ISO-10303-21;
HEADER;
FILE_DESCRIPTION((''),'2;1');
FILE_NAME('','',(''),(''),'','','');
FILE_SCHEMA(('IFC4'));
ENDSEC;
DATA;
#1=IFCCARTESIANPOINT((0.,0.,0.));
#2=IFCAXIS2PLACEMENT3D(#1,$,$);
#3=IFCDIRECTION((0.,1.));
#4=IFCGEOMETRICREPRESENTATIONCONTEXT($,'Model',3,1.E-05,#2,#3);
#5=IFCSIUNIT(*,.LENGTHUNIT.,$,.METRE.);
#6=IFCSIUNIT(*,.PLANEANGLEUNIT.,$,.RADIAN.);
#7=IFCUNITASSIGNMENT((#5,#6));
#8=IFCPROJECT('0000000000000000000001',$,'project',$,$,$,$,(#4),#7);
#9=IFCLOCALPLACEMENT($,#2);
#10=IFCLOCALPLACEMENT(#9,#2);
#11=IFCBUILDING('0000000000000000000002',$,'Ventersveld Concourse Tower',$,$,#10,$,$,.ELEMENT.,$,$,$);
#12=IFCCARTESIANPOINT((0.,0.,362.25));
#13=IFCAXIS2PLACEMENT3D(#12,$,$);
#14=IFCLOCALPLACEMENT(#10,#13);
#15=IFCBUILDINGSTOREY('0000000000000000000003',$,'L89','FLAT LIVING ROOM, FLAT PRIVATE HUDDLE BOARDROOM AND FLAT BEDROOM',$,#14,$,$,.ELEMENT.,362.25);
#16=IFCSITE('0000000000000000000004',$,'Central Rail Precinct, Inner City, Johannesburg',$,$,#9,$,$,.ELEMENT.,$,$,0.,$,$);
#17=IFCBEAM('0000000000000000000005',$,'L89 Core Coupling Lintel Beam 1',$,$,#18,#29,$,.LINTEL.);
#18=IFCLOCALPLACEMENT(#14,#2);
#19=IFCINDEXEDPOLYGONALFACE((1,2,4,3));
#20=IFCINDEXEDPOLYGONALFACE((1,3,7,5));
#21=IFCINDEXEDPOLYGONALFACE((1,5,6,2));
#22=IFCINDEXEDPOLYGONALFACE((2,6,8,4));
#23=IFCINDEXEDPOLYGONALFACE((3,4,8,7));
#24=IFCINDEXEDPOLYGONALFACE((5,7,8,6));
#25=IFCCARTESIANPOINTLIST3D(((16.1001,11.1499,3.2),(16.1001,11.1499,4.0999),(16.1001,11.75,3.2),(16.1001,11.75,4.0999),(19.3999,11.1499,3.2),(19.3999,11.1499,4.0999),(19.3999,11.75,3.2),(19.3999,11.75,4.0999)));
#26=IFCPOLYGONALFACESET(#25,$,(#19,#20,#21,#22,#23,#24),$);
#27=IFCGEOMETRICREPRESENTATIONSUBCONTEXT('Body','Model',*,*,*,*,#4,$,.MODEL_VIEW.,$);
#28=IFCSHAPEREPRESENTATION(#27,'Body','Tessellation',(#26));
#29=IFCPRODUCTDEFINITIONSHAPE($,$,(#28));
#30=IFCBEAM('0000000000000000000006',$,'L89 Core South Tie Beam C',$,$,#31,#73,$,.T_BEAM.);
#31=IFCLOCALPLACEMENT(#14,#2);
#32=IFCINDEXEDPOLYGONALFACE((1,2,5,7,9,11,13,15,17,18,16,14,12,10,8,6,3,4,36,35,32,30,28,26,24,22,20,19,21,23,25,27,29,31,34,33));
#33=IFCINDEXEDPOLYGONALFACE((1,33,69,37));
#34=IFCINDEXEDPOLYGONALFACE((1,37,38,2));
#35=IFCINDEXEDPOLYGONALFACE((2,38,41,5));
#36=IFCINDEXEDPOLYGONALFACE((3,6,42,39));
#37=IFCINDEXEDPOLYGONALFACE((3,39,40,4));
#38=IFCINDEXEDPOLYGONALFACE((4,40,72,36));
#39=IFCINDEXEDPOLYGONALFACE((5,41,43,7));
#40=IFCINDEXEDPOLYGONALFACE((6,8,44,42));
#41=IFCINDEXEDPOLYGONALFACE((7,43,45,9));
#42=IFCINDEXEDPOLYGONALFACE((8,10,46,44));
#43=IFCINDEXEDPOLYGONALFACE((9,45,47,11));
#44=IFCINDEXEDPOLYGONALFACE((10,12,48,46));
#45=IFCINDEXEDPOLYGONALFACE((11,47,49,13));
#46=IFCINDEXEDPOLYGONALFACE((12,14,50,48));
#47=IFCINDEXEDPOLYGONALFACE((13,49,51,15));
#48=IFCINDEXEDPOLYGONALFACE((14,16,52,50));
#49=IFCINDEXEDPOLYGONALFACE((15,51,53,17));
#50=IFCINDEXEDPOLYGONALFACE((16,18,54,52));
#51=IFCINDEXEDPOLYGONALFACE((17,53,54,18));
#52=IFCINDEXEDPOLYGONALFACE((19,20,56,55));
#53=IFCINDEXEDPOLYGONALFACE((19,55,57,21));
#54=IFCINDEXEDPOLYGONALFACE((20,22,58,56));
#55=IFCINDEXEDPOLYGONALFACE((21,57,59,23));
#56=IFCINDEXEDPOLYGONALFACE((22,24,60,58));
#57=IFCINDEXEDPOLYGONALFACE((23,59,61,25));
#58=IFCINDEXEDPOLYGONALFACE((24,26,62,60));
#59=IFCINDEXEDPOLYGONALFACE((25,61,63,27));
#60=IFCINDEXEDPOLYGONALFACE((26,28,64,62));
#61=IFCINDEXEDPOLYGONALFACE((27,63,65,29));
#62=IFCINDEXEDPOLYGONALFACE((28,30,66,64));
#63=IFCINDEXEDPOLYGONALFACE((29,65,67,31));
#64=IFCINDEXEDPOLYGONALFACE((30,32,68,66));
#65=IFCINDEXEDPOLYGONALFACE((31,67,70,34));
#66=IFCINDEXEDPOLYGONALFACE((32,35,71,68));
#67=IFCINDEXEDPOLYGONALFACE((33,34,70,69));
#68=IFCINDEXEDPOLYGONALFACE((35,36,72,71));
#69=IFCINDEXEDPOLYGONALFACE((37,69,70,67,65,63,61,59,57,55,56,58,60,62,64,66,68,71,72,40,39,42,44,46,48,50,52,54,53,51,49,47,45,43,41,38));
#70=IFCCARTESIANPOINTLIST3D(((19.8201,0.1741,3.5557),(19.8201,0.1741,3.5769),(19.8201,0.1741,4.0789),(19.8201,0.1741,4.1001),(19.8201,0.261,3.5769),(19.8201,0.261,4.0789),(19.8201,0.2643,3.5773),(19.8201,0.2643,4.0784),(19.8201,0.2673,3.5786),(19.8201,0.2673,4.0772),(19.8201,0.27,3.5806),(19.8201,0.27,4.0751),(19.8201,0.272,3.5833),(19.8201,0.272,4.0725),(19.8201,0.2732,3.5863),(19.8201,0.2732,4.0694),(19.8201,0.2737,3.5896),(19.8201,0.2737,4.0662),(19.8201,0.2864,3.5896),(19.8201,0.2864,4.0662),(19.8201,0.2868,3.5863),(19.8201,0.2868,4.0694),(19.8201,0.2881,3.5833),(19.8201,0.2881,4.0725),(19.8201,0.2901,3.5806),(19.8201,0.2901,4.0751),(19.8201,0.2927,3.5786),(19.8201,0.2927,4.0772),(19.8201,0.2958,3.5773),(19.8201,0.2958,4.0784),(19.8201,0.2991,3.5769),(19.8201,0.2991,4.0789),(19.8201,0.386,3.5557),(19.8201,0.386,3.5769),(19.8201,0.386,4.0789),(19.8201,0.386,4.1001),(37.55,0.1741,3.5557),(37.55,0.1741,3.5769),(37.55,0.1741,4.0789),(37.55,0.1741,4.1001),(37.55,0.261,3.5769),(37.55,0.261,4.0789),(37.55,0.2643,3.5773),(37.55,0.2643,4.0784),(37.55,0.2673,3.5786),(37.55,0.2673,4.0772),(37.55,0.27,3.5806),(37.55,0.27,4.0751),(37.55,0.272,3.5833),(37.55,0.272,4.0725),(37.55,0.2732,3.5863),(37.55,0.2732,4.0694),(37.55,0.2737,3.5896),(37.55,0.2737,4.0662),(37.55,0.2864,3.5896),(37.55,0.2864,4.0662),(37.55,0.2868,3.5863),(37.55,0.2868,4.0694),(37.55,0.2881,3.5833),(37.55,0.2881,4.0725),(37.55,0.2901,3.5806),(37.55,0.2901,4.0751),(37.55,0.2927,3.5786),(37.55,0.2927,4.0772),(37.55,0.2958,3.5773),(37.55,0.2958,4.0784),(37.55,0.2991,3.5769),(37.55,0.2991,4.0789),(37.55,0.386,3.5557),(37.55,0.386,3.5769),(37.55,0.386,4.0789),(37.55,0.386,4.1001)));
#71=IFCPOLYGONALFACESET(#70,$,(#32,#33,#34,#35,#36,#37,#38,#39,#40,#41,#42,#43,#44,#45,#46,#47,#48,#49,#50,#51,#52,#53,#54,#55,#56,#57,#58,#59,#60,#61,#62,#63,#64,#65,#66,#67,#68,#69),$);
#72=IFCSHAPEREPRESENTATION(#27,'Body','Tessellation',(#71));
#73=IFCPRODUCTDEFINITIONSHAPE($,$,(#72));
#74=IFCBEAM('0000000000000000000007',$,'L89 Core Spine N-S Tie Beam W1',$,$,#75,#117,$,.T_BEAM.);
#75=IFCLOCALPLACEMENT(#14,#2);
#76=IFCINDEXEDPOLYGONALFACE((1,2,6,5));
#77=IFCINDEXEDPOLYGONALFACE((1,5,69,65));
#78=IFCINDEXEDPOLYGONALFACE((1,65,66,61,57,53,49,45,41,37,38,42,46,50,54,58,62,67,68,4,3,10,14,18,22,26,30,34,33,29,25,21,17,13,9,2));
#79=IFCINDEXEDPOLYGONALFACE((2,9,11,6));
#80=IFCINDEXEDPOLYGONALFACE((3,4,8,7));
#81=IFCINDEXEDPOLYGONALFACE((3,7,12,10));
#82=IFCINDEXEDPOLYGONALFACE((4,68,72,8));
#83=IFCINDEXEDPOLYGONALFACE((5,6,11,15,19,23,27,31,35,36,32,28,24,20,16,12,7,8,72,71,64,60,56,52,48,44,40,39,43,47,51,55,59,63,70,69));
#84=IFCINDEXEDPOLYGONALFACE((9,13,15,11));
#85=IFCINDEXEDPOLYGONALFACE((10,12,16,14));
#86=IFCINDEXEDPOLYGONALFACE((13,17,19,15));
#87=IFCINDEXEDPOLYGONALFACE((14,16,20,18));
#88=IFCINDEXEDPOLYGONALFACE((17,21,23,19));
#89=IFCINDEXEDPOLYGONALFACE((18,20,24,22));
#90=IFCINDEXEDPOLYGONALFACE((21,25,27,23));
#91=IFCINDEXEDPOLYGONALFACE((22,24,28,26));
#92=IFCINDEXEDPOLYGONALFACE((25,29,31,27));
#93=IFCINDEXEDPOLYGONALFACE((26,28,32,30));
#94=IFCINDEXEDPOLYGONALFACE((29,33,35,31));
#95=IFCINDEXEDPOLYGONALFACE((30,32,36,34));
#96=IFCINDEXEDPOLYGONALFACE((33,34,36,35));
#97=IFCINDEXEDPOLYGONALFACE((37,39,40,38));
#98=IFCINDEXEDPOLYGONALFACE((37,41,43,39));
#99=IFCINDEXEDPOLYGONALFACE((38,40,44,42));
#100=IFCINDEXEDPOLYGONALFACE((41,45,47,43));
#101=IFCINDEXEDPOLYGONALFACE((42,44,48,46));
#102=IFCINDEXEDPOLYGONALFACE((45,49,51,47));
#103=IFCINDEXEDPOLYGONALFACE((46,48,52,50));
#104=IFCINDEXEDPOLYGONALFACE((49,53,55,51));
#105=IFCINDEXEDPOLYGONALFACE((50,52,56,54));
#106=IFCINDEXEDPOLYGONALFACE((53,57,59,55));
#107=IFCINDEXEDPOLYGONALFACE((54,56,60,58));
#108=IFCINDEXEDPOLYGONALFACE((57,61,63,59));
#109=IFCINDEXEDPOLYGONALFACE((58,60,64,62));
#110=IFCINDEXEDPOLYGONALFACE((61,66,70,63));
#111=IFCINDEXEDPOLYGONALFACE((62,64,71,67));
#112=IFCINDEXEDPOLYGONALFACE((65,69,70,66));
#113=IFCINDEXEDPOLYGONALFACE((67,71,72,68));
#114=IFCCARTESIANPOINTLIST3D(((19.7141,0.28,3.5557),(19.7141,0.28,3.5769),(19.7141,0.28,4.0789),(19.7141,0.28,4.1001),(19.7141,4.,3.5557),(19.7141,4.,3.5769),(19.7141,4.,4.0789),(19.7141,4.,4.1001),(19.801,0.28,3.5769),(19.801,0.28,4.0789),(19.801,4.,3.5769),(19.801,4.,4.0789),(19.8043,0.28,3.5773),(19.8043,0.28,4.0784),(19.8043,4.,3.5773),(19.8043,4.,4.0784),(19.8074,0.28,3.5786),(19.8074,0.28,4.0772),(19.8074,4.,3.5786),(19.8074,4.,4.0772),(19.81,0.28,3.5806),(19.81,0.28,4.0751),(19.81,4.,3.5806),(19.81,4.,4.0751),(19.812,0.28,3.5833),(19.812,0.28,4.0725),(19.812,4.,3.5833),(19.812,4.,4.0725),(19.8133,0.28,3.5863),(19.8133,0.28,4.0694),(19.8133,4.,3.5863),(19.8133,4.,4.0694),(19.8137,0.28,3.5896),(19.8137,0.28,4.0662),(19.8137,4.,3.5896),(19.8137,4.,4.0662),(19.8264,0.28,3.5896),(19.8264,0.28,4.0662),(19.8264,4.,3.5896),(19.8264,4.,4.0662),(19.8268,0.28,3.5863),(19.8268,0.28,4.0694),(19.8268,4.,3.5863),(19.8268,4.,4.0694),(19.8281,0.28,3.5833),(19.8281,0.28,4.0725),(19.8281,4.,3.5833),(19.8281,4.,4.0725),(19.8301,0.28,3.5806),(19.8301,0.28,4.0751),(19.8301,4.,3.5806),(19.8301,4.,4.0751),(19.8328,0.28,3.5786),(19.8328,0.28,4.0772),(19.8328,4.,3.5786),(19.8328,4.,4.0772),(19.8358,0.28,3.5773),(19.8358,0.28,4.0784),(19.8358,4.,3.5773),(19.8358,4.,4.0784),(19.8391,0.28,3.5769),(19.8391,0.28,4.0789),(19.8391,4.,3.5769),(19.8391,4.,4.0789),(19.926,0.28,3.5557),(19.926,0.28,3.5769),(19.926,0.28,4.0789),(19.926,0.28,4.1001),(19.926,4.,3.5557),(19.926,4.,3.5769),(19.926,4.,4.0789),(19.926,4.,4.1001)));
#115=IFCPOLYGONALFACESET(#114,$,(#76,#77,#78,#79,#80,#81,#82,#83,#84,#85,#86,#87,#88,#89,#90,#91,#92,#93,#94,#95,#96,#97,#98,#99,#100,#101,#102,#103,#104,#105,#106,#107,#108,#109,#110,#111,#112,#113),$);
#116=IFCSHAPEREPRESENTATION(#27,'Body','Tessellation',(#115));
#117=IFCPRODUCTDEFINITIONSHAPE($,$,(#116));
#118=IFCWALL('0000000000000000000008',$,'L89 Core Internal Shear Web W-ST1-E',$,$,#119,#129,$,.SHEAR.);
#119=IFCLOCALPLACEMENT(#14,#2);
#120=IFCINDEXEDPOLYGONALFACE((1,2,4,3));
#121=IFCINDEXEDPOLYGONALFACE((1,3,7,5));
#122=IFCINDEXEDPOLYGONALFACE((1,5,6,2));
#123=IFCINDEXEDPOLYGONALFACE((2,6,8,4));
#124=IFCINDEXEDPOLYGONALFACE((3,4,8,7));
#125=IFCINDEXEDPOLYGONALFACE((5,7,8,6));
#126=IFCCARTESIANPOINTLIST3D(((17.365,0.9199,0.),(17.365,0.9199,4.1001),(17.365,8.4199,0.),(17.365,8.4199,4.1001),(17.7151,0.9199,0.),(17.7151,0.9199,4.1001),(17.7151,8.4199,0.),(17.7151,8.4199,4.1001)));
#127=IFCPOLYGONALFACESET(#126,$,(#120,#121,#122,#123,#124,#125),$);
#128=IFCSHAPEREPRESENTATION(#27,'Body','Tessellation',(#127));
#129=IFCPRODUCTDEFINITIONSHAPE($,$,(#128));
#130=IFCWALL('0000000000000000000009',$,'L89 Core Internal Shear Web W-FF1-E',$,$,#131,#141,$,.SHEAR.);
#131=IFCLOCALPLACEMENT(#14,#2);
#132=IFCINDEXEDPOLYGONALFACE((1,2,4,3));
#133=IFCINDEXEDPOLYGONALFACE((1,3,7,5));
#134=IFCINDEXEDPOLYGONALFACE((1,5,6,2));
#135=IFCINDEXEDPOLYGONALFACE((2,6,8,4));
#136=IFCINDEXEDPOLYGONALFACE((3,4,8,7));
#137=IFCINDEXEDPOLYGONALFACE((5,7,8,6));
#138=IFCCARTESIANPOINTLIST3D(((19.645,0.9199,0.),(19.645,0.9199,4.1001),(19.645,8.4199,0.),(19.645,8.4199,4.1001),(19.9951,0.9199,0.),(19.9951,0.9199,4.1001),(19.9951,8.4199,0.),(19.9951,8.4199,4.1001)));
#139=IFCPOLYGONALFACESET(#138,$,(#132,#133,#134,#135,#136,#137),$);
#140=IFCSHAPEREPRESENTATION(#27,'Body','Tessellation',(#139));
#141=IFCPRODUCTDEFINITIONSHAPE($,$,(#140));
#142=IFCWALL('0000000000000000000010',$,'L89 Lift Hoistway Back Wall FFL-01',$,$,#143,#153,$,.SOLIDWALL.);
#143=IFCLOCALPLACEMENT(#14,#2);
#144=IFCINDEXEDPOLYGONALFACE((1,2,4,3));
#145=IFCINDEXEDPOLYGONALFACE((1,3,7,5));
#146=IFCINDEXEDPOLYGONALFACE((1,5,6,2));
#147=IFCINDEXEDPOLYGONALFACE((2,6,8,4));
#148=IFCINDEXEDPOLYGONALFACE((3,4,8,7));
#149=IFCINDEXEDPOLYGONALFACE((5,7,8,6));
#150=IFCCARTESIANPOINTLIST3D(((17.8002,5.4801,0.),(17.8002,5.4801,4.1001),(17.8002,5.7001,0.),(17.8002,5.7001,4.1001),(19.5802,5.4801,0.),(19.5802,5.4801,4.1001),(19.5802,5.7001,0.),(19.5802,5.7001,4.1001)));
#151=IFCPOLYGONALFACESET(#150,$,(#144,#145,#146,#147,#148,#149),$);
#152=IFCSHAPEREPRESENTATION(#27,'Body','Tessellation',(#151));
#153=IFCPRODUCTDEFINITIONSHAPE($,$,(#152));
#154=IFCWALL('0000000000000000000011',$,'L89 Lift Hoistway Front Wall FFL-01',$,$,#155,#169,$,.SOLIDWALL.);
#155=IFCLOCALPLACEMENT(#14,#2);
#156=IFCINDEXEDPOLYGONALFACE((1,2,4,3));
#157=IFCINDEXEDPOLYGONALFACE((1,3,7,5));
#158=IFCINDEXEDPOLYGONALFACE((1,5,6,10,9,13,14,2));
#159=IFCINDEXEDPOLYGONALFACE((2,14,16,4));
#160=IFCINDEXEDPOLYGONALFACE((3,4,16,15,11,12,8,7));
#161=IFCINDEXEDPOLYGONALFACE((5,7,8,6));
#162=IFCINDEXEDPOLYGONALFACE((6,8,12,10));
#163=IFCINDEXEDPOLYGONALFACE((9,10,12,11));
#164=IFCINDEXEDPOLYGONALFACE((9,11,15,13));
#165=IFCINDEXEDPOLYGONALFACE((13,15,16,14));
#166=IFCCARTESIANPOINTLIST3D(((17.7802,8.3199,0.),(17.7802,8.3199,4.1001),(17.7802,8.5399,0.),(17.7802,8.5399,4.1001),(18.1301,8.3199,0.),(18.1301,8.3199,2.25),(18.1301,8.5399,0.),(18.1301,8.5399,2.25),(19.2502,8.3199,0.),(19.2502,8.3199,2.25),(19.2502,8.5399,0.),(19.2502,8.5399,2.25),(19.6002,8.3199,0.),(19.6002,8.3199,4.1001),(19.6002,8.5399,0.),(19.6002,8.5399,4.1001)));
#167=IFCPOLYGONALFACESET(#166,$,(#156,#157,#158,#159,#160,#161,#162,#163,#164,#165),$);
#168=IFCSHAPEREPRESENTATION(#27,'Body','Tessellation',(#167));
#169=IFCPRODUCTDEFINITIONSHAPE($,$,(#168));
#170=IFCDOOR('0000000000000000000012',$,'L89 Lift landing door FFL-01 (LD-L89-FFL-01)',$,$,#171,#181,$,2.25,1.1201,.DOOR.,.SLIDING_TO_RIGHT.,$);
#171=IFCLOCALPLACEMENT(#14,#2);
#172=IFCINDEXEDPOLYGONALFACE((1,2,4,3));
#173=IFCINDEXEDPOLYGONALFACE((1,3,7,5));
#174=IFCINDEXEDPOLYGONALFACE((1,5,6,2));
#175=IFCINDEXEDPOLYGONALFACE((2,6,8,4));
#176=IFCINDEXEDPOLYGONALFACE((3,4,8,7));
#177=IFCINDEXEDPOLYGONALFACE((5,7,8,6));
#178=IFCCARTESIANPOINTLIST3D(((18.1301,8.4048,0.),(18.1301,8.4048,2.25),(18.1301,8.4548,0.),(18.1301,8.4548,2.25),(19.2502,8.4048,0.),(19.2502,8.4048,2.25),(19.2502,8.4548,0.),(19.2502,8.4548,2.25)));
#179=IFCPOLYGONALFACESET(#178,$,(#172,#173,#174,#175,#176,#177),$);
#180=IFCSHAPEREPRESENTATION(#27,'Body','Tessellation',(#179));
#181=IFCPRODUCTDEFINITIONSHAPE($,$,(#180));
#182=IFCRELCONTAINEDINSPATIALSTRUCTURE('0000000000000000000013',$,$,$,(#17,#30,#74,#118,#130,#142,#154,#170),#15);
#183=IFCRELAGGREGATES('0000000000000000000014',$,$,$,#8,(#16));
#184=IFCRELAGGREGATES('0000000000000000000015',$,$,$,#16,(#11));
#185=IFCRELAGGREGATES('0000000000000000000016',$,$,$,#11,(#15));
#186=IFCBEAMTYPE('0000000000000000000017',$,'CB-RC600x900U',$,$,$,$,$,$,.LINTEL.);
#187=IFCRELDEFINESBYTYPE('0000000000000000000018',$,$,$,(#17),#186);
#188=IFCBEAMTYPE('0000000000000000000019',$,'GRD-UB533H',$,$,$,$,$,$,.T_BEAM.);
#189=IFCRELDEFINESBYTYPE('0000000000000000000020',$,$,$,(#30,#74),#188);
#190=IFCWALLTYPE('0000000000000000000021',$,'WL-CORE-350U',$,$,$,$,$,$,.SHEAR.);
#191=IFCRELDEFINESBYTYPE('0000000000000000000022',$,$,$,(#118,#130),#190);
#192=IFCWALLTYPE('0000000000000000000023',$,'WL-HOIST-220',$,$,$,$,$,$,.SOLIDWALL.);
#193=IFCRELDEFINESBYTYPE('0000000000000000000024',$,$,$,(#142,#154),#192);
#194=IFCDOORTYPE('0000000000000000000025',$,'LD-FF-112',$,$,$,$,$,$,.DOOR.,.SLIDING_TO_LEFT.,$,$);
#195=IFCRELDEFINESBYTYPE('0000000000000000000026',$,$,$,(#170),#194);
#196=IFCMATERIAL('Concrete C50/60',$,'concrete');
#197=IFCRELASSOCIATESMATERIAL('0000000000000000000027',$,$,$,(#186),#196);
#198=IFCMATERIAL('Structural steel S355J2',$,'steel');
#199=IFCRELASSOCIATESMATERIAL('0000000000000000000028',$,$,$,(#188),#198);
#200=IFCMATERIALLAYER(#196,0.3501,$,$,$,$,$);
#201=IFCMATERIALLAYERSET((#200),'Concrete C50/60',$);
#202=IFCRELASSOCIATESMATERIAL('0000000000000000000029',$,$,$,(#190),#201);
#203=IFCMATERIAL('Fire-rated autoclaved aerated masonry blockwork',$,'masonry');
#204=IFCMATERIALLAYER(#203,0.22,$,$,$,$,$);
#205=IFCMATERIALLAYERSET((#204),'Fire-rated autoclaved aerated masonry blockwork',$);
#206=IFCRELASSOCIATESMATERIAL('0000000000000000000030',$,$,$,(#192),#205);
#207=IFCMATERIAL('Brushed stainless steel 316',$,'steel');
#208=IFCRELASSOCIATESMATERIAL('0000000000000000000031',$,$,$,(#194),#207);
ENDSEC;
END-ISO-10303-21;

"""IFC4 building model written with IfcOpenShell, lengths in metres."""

from ifc_helpers import new_model, si_unit, direction, frame, frame_2d, origin, origin_2d, place, context, subcontext, project, spatial, rectangle, i_section, extrude, material, layer, layer_set, material_profile, profile_set, type_object, element, fill, save


model = new_model("IFC4")

# Units and contexts
model_context = context("Model", 3, precision=1e-05, world=origin(), true_north=direction((0.0, 1.0)))
body_context = subcontext(model_context, "Body", "Model", "MODEL_VIEW")
ifc_project = project(units=[si_unit("LENGTHUNIT", "METRE"), si_unit("PLANEANGLEUNIT", "RADIAN")], contexts=[model_context])

# Site, building, storey
site_placement = place(None, origin())
site = spatial("IfcSite", under=ifc_project, at=site_placement, Name="Central Rail Precinct, Inner City, Johannesburg", CompositionType="ELEMENT", RefElevation=0.0)
building_placement = place(site_placement, origin())
building = spatial("IfcBuilding", under=site, at=building_placement, Name="Ventersveld Concourse Tower", CompositionType="ELEMENT")
storey_placement = place(building_placement, frame((0.0, 0.0, 362.25)))
storey = spatial("IfcBuildingStorey", under=building, at=storey_placement, Name="L89", Description="FLAT LIVING ROOM, FLAT PRIVATE HUDDLE BOARDROOM AND FLAT BEDROOM", CompositionType="ELEMENT", Elevation=362.25)

# Beams
ifc_material_1 = material(Name="Concrete C50/60", Category="concrete")
ifc_material_profile_1 = material_profile(ifc_material_1, rectangle(XDim=0.6001, YDim=0.8999, at=origin_2d()), Name="RC 600x900")
ifc_profile_set_1 = profile_set([ifc_material_profile_1], Name="Concrete C50/60")
beam_type_1 = type_object("IfcBeamType", Name="CB-RC600x900U", PredefinedType="LINTEL", material=ifc_profile_set_1)
beam_1_placement = place(storey_placement, frame((16.1001, 11.45, 3.6499), z_axis=(1.0, 0.0, 0.0), x_axis=(0.0, 1.0, 0.0)))
element("IfcBeam", 1, at=beam_1_placement, inside=storey, type_object=beam_type_1, Name="L89 Core Coupling Lintel Beam 1", PredefinedType="LINTEL", context=body_context, shape_type="SweptSolid", body=[
    extrude(rectangle(XDim=0.6001, YDim=0.8999, at=origin_2d()), origin(), (0.0, 0.0, 1.0), 3.2998),
])
ifc_material_2 = material(Name="Structural steel S355J2", Category="steel")
ifc_material_profile_2 = material_profile(ifc_material_2, i_section(OverallWidth=0.2119, OverallDepth=0.5444, WebThickness=0.0127, FlangeThickness=0.0212, FilletRadius=0.0127, at=origin_2d()), Name="UB 533x210x122")
ifc_profile_set_2 = profile_set([ifc_material_profile_2], Name="Structural steel S355J2")
beam_type_2 = type_object("IfcBeamType", Name="GRD-UB533H", PredefinedType="T_BEAM", material=ifc_profile_set_2)
beam_2_placement = place(storey_placement, frame((19.8201, 0.28, 3.8279), z_axis=(1.0, 0.0, 0.0), x_axis=(0.0, 1.0, 0.0)))
element("IfcBeam", 2, at=beam_2_placement, inside=storey, type_object=beam_type_2, Name="L89 Core South Tie Beam C", PredefinedType="T_BEAM", context=body_context, shape_type="SweptSolid", body=[
    extrude(i_section(OverallWidth=0.2119, OverallDepth=0.5444, WebThickness=0.0127, FlangeThickness=0.0212, FilletRadius=0.0127, at=origin_2d()), origin(), (0.0, 0.0, 1.0), 17.73),
])
beam_3_placement = place(storey_placement, frame((19.8201, 0.28, 3.8279), z_axis=(0.0, 1.0, 0.0), x_axis=(-1.0, 0.0, 0.0)))
element("IfcBeam", 3, at=beam_3_placement, inside=storey, type_object=beam_type_2, Name="L89 Core Spine N-S Tie Beam W1", PredefinedType="T_BEAM", context=body_context, shape_type="SweptSolid", body=[
    extrude(i_section(OverallWidth=0.2119, OverallDepth=0.5444, WebThickness=0.0127, FlangeThickness=0.0212, FilletRadius=0.0127, at=origin_2d()), origin(), (0.0, 0.0, 1.0), 3.72),
])

# Walls
ifc_layer_1 = layer(ifc_material_1, 0.3501)
ifc_layer_set_1 = layer_set([ifc_layer_1], Name="Concrete C50/60")
wall_type_1 = type_object("IfcWallType", Name="WL-CORE-350U", PredefinedType="SHEAR", material=ifc_layer_set_1)
for number, where, z_axis, x_axis, name in (
    (4, (17.54, 0.9199, 0.0), (0.0, 0.0, 1.0), (0.0, 1.0, 0.0), "L89 Core Internal Shear Web W-ST1-E"),
    (5, (19.8201, 0.9199, 0.0), (0.0, 0.0, 1.0), (0.0, 1.0, 0.0), "L89 Core Internal Shear Web W-FF1-E"),
):
    element("IfcWall", number, at=place(storey_placement, frame(where, z_axis=z_axis, x_axis=x_axis)), inside=storey, type_object=wall_type_1, Name=name, PredefinedType="SHEAR", context=body_context, shape_type="SweptSolid", body=[
        extrude(rectangle(XDim=7.5, YDim=0.3501, at=frame_2d((3.75, 0.0))), origin(), (0.0, 0.0, 1.0), 4.1001),
    ])
ifc_material_3 = material(Name="Fire-rated autoclaved aerated masonry blockwork", Category="masonry")
ifc_layer_2 = layer(ifc_material_3, 0.22)
ifc_layer_set_2 = layer_set([ifc_layer_2], Name="Fire-rated autoclaved aerated masonry blockwork")
wall_type_2 = type_object("IfcWallType", Name="WL-HOIST-220", PredefinedType="SOLIDWALL", material=ifc_layer_set_2)
wall_1_placement = place(storey_placement, frame((17.8, 5.5901, 0.0), z_axis=(0.0, 0.0, 1.0), x_axis=(1.0, 0.0, 0.0)))
element("IfcWall", 6, at=wall_1_placement, inside=storey, type_object=wall_type_2, Name="L89 Lift Hoistway Back Wall FFL-01", PredefinedType="SOLIDWALL", context=body_context, shape_type="SweptSolid", body=[
    extrude(rectangle(XDim=1.78, YDim=0.22, at=frame_2d((0.8901, 0.0))), origin(), (0.0, 0.0, 1.0), 4.1001),
])

# Wall, opening, door
wall_2_placement = place(storey_placement, frame((17.78, 8.4299, 0.0), z_axis=(0.0, 0.0, 1.0), x_axis=(1.0, 0.0, 0.0)))
wall_2 = element("IfcWall", 7, at=wall_2_placement, inside=storey, type_object=wall_type_2, Name="L89 Lift Hoistway Front Wall FFL-01", PredefinedType="SOLIDWALL", context=body_context, shape_type="SweptSolid", body=[
    extrude(rectangle(XDim=1.8201, YDim=0.22, at=frame_2d((0.9102, 0.0))), origin(), (0.0, 0.0, 1.0), 4.1001),
])
opening_1_placement = place(wall_2_placement, frame((0.3501, 0.0, 0.0)))
opening_1 = element("IfcOpeningElement", 8, at=opening_1_placement, cuts=wall_2, PredefinedType="OPENING", context=body_context, shape_type="SweptSolid", body=[
    extrude(rectangle(XDim=1.1201, YDim=2.25, at=frame_2d((0.5601, 1.125))), frame((0.0, 0.1201, 0.0), z_axis=(0.0, -1.0, 0.0), x_axis=(1.0, 0.0, 0.0)), (0.0, 0.0, 1.0), 0.24),
])
ifc_material_4 = material(Name="Brushed stainless steel 316", Category="steel")
door_type_1 = type_object("IfcDoorType", Name="LD-FF-112", OperationType="SLIDING_TO_LEFT", PredefinedType="DOOR", material=ifc_material_4)
door_1_placement = place(opening_1_placement, origin())
door_1 = element("IfcDoor", 9, at=door_1_placement, inside=storey, type_object=door_type_1, Name="L89 Lift landing door FFL-01 (LD-L89-FFL-01)", OperationType="SLIDING_TO_RIGHT", OverallHeight=2.25, OverallWidth=1.1201, PredefinedType="DOOR", context=body_context, shape_type="SweptSolid", body=[
    extrude(rectangle(XDim=1.1201, YDim=2.25, at=frame_2d((0.5601, 1.125))), frame((0.0, 0.0249, 0.0), z_axis=(0.0, -1.0, 0.0), x_axis=(1.0, 0.0, 0.0)), (0.0, 0.0, 1.0), 0.05),
])
fill(opening_1, door_1)

save(model, "model.ifc")
